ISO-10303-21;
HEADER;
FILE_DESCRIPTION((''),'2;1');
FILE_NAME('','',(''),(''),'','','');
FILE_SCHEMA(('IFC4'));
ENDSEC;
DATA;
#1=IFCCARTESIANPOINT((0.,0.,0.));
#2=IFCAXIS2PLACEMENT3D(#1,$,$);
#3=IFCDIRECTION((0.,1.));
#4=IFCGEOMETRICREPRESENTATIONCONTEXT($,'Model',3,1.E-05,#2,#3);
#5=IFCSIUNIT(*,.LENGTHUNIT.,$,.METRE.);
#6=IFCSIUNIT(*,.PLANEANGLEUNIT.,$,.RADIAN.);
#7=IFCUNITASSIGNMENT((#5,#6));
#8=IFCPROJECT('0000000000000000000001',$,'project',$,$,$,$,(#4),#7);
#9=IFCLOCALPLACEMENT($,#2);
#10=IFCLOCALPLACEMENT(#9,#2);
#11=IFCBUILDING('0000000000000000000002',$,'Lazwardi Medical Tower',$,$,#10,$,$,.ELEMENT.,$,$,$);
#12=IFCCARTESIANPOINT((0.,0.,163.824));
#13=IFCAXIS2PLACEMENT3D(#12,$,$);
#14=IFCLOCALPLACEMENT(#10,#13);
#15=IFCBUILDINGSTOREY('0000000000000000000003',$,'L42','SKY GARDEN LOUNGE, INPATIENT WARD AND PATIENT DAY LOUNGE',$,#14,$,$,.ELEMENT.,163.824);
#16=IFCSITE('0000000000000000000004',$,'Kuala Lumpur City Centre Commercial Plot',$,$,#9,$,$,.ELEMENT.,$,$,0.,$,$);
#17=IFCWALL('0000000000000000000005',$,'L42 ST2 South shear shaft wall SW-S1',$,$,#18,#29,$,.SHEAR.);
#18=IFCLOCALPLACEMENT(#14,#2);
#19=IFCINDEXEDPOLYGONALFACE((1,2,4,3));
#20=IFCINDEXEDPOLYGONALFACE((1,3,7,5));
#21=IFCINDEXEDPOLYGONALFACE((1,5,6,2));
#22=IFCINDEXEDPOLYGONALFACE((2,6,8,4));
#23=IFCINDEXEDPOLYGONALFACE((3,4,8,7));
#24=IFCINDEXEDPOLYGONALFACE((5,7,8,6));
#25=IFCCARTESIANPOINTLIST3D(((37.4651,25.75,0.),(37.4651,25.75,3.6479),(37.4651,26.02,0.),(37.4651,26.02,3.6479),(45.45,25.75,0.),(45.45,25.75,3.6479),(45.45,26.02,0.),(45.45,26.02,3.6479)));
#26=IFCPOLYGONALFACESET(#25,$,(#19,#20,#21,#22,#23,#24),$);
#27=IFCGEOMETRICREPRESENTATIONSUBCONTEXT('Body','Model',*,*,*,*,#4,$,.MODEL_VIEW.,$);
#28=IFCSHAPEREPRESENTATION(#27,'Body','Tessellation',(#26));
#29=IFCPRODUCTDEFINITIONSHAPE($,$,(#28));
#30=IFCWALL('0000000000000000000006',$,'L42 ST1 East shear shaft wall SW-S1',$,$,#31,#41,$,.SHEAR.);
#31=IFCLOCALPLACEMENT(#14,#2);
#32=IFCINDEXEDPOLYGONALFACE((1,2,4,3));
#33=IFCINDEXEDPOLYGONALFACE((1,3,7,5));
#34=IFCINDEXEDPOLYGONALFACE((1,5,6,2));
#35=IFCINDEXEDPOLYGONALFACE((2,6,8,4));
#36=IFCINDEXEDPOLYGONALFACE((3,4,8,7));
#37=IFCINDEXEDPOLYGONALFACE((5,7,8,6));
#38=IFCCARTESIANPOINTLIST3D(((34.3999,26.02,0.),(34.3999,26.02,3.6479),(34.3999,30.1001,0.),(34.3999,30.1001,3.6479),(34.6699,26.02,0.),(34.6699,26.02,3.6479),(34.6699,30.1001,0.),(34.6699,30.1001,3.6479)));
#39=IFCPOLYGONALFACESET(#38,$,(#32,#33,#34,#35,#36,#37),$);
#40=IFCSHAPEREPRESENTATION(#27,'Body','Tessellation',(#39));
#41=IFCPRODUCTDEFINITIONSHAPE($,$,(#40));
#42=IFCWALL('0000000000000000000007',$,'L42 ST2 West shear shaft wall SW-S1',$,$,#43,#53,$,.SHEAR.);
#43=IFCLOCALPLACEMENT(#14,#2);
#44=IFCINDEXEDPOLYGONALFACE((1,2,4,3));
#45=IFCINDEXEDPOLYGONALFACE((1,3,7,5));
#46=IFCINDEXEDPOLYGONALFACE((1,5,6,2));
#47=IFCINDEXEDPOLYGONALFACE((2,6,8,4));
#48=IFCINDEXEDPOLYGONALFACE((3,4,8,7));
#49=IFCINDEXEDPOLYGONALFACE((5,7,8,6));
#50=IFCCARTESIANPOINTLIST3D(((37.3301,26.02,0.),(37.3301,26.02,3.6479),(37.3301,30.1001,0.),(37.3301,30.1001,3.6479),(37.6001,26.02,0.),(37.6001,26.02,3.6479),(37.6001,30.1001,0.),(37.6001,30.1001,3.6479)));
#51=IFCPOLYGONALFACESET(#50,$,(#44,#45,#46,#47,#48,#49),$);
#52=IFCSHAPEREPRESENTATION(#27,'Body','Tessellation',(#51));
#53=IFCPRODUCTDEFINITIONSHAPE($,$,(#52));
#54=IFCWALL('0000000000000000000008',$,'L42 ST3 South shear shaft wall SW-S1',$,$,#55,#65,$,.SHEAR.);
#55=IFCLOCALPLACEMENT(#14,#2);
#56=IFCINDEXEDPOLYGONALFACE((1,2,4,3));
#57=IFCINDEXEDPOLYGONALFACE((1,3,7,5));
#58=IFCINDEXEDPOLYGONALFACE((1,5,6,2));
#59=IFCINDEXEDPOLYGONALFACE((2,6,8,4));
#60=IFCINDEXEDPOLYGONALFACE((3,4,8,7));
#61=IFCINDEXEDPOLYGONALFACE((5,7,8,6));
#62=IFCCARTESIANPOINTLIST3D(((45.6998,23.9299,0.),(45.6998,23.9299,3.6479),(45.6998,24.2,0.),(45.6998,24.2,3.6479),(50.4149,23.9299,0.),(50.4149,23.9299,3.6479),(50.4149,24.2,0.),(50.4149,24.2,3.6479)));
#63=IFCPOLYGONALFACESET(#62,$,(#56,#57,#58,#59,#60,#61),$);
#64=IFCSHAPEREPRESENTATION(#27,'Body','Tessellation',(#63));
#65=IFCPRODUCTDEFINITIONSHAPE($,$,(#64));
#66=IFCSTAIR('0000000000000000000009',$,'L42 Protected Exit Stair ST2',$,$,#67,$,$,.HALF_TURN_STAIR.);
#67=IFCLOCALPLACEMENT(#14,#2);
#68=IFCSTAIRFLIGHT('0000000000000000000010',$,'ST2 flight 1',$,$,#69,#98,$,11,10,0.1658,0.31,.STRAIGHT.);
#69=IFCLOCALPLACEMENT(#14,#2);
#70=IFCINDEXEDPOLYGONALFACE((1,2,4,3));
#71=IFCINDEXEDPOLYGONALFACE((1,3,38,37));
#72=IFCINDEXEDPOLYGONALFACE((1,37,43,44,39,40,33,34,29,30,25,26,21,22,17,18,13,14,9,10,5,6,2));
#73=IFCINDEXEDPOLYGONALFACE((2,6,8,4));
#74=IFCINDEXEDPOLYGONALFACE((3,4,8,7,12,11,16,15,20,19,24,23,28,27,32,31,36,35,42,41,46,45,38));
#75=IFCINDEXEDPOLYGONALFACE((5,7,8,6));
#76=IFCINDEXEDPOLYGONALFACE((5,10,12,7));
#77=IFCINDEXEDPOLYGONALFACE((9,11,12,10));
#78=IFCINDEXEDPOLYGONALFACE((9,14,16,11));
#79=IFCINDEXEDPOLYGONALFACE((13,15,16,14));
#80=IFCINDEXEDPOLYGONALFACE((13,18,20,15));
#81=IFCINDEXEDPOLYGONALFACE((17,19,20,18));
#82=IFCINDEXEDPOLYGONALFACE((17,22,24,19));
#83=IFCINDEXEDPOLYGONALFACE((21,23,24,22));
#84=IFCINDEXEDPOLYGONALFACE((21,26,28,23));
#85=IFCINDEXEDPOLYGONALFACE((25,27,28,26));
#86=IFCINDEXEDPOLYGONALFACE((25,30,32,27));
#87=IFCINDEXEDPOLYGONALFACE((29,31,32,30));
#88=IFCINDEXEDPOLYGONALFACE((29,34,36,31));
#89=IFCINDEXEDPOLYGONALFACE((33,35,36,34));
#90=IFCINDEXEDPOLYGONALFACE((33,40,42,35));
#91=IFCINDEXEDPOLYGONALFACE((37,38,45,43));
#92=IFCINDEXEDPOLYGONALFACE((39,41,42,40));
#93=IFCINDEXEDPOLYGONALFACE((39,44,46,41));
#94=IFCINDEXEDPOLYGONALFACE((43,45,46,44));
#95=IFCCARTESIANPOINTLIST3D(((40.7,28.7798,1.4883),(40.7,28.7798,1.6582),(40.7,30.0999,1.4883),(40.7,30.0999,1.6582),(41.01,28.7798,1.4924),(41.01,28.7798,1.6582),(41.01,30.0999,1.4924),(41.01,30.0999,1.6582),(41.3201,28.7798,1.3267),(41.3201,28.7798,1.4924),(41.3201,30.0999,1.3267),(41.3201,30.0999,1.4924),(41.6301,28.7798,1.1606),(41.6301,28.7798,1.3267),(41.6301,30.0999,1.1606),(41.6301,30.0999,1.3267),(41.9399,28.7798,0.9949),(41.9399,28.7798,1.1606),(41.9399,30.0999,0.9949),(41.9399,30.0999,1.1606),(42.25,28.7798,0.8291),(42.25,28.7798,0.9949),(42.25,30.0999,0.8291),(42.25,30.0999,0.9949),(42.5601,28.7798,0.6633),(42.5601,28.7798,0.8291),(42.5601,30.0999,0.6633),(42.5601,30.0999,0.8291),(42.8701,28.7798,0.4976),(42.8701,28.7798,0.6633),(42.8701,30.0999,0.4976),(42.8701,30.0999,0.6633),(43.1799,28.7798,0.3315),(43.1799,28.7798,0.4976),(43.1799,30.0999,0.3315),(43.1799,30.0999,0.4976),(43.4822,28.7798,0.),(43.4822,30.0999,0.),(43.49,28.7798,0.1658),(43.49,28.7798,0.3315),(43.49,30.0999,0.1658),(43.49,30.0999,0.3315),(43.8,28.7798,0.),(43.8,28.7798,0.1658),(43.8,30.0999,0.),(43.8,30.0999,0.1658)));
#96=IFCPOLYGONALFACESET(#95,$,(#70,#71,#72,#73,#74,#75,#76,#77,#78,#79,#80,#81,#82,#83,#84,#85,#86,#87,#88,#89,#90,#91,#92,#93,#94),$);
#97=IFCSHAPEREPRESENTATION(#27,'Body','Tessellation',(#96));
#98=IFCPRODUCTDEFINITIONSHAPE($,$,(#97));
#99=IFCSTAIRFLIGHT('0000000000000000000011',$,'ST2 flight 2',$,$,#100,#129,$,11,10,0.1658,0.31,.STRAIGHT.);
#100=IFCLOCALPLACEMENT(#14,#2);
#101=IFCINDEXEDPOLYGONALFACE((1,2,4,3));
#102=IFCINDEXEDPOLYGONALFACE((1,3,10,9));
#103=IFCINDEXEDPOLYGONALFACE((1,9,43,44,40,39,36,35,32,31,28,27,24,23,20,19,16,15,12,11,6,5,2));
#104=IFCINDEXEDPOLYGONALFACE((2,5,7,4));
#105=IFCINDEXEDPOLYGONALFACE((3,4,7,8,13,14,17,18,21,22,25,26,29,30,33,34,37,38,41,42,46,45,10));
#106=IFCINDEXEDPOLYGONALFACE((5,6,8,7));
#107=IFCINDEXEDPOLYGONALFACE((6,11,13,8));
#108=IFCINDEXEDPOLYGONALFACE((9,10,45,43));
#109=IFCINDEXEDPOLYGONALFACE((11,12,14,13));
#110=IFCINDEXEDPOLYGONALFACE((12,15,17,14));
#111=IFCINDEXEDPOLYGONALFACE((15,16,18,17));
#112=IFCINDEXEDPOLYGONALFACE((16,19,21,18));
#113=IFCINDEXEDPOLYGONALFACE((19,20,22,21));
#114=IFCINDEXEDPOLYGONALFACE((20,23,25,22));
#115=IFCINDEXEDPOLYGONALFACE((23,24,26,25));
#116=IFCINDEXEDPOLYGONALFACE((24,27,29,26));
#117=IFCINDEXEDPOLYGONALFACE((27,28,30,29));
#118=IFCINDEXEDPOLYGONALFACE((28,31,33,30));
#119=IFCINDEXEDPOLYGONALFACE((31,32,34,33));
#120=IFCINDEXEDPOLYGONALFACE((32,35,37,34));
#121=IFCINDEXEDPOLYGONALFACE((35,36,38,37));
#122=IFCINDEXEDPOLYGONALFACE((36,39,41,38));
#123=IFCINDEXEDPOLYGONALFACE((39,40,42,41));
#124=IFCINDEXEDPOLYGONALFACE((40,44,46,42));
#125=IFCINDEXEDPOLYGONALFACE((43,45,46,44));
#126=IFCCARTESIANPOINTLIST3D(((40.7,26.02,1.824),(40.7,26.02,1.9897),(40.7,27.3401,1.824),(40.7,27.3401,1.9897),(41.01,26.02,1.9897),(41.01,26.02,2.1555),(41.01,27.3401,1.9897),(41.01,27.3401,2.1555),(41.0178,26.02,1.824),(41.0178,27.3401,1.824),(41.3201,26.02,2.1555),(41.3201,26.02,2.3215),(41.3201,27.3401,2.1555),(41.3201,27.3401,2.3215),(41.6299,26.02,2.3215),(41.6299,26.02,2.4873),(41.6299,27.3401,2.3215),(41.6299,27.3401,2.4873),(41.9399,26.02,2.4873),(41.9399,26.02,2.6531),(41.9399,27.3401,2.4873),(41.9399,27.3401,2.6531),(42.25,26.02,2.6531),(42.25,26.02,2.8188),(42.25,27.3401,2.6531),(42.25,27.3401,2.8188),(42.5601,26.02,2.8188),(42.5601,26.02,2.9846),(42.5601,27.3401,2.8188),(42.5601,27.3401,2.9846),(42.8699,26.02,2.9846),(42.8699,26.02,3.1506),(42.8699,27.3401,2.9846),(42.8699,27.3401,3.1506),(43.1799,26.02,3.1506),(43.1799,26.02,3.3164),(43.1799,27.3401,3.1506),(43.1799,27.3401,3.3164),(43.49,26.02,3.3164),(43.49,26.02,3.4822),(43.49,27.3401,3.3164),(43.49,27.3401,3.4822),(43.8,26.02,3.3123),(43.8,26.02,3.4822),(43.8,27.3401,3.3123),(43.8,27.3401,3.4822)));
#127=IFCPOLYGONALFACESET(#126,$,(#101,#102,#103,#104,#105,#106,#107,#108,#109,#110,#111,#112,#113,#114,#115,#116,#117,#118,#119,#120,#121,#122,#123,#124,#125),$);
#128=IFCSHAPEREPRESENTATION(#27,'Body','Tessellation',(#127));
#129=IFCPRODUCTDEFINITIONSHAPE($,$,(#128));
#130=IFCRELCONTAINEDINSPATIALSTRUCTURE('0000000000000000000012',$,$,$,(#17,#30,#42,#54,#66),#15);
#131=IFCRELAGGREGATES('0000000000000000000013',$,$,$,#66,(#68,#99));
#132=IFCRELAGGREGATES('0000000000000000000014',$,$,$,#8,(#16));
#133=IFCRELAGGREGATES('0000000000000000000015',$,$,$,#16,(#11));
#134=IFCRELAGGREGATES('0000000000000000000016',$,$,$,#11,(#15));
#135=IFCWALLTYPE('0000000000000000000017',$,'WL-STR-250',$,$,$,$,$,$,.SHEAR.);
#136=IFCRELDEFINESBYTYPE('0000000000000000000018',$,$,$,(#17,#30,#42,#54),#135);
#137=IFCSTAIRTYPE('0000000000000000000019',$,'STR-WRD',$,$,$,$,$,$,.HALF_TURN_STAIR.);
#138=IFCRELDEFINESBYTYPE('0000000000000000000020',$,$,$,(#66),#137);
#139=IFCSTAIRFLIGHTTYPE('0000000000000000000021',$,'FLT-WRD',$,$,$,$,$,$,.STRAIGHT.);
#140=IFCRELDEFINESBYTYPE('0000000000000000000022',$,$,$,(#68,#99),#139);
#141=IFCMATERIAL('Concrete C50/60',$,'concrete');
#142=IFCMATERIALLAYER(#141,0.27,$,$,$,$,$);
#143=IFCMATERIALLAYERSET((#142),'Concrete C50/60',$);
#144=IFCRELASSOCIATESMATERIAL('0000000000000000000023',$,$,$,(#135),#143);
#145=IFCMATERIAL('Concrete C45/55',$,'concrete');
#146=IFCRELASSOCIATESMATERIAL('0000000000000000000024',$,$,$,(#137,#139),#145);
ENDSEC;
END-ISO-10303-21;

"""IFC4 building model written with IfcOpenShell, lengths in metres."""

from ifc_helpers import new_model, si_unit, direction, frame, frame_2d, origin, place, context, subcontext, project, spatial, polyline, rectangle, outline, extrude, material, layer, layer_set, type_object, element, aggregate, save


model = new_model("IFC4")

# Units and contexts
model_context = context("Model", 3, precision=1e-05, world=origin(), true_north=direction((0.0, 1.0)))
body_context = subcontext(model_context, "Body", "Model", "MODEL_VIEW")
ifc_project = project(units=[si_unit("LENGTHUNIT", "METRE"), si_unit("PLANEANGLEUNIT", "RADIAN")], contexts=[model_context])

# Site, building, storey
site_placement = place(None, origin())
site = spatial("IfcSite", under=ifc_project, at=site_placement, Name="Kuala Lumpur City Centre Commercial Plot", CompositionType="ELEMENT", RefElevation=0.0)
building_placement = place(site_placement, origin())
building = spatial("IfcBuilding", under=site, at=building_placement, Name="Lazwardi Medical Tower", CompositionType="ELEMENT")
storey_placement = place(building_placement, frame((0.0, 0.0, 163.824)))
storey = spatial("IfcBuildingStorey", under=building, at=storey_placement, Name="L42", Description="SKY GARDEN LOUNGE, INPATIENT WARD AND PATIENT DAY LOUNGE", CompositionType="ELEMENT", Elevation=163.824)

# Shared definitions
ifc_material_1 = material(Name="Concrete C50/60", Category="concrete")
ifc_layer_1 = layer(ifc_material_1, 0.27)
ifc_layer_set_1 = layer_set([ifc_layer_1], Name="Concrete C50/60")
wall_type_1 = type_object("IfcWallType", Name="WL-STR-250", PredefinedType="SHEAR", material=ifc_layer_set_1)

# Walls
wall_1_placement = place(storey_placement, frame((37.4651, 25.885, 0.0), z_axis=(0.0, 0.0, 1.0), x_axis=(1.0, 0.0, 0.0)))
element("IfcWall", 1, at=wall_1_placement, inside=storey, type_object=wall_type_1, Name="L42 ST2 South shear shaft wall SW-S1", PredefinedType="SHEAR", context=body_context, shape_type="SweptSolid", body=[
    extrude(rectangle(XDim=7.9849, YDim=0.27, at=frame_2d((3.9924, 0.0))), origin(), (0.0, 0.0, 1.0), 3.6479),
])
for number, where, z_axis, x_axis, name in (
    (2, (34.5349, 26.02, 0.0), (0.0, 0.0, 1.0), (0.0, 1.0, 0.0), "L42 ST1 East shear shaft wall SW-S1"),
    (3, (37.4651, 26.02, 0.0), (0.0, 0.0, 1.0), (0.0, 1.0, 0.0), "L42 ST2 West shear shaft wall SW-S1"),
):
    element("IfcWall", number, at=place(storey_placement, frame(where, z_axis=z_axis, x_axis=x_axis)), inside=storey, type_object=wall_type_1, Name=name, PredefinedType="SHEAR", context=body_context, shape_type="SweptSolid", body=[
        extrude(rectangle(XDim=4.0801, YDim=0.27, at=frame_2d((2.04, 0.0))), origin(), (0.0, 0.0, 1.0), 3.6479),
    ])
wall_2_placement = place(storey_placement, frame((45.7, 24.0649, 0.0), z_axis=(0.0, 0.0, 1.0), x_axis=(1.0, 0.0, 0.0)))
element("IfcWall", 4, at=wall_2_placement, inside=storey, type_object=wall_type_1, Name="L42 ST3 South shear shaft wall SW-S1", PredefinedType="SHEAR", context=body_context, shape_type="SweptSolid", body=[
    extrude(rectangle(XDim=4.7151, YDim=0.27, at=frame_2d((2.3574, 0.0))), origin(), (0.0, 0.0, 1.0), 3.6479),
])

# Stair, stair flights
ifc_material_2 = material(Name="Concrete C45/55", Category="concrete")
stair_type = type_object("IfcStairType", Name="STR-WRD", PredefinedType="HALF_TURN_STAIR", material=ifc_material_2)
stair_placement = place(storey_placement, origin())
stair = element("IfcStair", 5, at=stair_placement, inside=storey, type_object=stair_type, Name="L42 Protected Exit Stair ST2", PredefinedType="HALF_TURN_STAIR")
stair_flight_type = type_object("IfcStairFlightType", Name="FLT-WRD", PredefinedType="STRAIGHT", material=ifc_material_2)
stair_flight_1_placement = place(storey_placement, frame((43.8, 29.4399, 0.0), z_axis=(0.0, 0.0, 1.0), x_axis=(-1.0, 0.0, 0.0)))
stair_flight_1 = element("IfcStairFlight", 6, at=stair_flight_1_placement, type_object=stair_flight_type, Name="ST2 flight 1", NumberOfRisers=11, NumberOfTreads=10, PredefinedType="STRAIGHT", RiserHeight=0.1658, TreadLength=0.31, context=body_context, shape_type="SweptSolid", body=[
    extrude(outline(polyline([(0.0, 0.0), (0.0, 0.1658), (0.3101, 0.1658), (0.3101, 0.3315), (0.6201, 0.3315), (0.6201, 0.4976), (0.9299, 0.4976), (0.9299, 0.6633), (1.24, 0.6633), (1.24, 0.8291), (1.55, 0.8291), (1.55, 0.9949), (1.8601, 0.9949), (1.8601, 1.1606), (2.1699, 1.1606), (2.1699, 1.3267), (2.48, 1.3267), (2.48, 1.4924), (2.79, 1.4924), (2.79, 1.6582), (3.1001, 1.6582), (3.1001, 1.824), (3.1001, 1.4883), (0.3179, 0.0), (0.0, 0.0)])), frame((0.0, 0.6602, 0.0), z_axis=(0.0, -1.0, 0.0), x_axis=(1.0, 0.0, 0.0)), (0.0, 0.0, 1.0), 1.3201),
])
stair_flight_2_placement = place(storey_placement, frame((40.7, 26.6799, 1.824), z_axis=(0.0, 0.0, 1.0), x_axis=(1.0, 0.0, 0.0)))
stair_flight_2 = element("IfcStairFlight", 7, at=stair_flight_2_placement, type_object=stair_flight_type, Name="ST2 flight 2", NumberOfRisers=11, NumberOfTreads=10, PredefinedType="STRAIGHT", RiserHeight=0.1658, TreadLength=0.31, context=body_context, shape_type="SweptSolid", body=[
    extrude(outline(polyline([(0.0, 0.0), (0.0, 0.1658), (0.3101, 0.1658), (0.3101, 0.3315), (0.6201, 0.3315), (0.6201, 0.4976), (0.9299, 0.4976), (0.9299, 0.6633), (1.24, 0.6633), (1.24, 0.8291), (1.55, 0.8291), (1.55, 0.9949), (1.8601, 0.9949), (1.8601, 1.1606), (2.1699, 1.1606), (2.1699, 1.3267), (2.48, 1.3267), (2.48, 1.4924), (2.79, 1.4924), (2.79, 1.6582), (3.1001, 1.6582), (3.1001, 1.824), (3.1001, 1.4883), (0.3179, 0.0), (0.0, 0.0)])), frame((0.0, 0.6602, 0.0), z_axis=(0.0, -1.0, 0.0), x_axis=(1.0, 0.0, 0.0)), (0.0, 0.0, 1.0), 1.3201),
])
aggregate(stair, [stair_flight_1, stair_flight_2])

save(model, "model.ifc")
